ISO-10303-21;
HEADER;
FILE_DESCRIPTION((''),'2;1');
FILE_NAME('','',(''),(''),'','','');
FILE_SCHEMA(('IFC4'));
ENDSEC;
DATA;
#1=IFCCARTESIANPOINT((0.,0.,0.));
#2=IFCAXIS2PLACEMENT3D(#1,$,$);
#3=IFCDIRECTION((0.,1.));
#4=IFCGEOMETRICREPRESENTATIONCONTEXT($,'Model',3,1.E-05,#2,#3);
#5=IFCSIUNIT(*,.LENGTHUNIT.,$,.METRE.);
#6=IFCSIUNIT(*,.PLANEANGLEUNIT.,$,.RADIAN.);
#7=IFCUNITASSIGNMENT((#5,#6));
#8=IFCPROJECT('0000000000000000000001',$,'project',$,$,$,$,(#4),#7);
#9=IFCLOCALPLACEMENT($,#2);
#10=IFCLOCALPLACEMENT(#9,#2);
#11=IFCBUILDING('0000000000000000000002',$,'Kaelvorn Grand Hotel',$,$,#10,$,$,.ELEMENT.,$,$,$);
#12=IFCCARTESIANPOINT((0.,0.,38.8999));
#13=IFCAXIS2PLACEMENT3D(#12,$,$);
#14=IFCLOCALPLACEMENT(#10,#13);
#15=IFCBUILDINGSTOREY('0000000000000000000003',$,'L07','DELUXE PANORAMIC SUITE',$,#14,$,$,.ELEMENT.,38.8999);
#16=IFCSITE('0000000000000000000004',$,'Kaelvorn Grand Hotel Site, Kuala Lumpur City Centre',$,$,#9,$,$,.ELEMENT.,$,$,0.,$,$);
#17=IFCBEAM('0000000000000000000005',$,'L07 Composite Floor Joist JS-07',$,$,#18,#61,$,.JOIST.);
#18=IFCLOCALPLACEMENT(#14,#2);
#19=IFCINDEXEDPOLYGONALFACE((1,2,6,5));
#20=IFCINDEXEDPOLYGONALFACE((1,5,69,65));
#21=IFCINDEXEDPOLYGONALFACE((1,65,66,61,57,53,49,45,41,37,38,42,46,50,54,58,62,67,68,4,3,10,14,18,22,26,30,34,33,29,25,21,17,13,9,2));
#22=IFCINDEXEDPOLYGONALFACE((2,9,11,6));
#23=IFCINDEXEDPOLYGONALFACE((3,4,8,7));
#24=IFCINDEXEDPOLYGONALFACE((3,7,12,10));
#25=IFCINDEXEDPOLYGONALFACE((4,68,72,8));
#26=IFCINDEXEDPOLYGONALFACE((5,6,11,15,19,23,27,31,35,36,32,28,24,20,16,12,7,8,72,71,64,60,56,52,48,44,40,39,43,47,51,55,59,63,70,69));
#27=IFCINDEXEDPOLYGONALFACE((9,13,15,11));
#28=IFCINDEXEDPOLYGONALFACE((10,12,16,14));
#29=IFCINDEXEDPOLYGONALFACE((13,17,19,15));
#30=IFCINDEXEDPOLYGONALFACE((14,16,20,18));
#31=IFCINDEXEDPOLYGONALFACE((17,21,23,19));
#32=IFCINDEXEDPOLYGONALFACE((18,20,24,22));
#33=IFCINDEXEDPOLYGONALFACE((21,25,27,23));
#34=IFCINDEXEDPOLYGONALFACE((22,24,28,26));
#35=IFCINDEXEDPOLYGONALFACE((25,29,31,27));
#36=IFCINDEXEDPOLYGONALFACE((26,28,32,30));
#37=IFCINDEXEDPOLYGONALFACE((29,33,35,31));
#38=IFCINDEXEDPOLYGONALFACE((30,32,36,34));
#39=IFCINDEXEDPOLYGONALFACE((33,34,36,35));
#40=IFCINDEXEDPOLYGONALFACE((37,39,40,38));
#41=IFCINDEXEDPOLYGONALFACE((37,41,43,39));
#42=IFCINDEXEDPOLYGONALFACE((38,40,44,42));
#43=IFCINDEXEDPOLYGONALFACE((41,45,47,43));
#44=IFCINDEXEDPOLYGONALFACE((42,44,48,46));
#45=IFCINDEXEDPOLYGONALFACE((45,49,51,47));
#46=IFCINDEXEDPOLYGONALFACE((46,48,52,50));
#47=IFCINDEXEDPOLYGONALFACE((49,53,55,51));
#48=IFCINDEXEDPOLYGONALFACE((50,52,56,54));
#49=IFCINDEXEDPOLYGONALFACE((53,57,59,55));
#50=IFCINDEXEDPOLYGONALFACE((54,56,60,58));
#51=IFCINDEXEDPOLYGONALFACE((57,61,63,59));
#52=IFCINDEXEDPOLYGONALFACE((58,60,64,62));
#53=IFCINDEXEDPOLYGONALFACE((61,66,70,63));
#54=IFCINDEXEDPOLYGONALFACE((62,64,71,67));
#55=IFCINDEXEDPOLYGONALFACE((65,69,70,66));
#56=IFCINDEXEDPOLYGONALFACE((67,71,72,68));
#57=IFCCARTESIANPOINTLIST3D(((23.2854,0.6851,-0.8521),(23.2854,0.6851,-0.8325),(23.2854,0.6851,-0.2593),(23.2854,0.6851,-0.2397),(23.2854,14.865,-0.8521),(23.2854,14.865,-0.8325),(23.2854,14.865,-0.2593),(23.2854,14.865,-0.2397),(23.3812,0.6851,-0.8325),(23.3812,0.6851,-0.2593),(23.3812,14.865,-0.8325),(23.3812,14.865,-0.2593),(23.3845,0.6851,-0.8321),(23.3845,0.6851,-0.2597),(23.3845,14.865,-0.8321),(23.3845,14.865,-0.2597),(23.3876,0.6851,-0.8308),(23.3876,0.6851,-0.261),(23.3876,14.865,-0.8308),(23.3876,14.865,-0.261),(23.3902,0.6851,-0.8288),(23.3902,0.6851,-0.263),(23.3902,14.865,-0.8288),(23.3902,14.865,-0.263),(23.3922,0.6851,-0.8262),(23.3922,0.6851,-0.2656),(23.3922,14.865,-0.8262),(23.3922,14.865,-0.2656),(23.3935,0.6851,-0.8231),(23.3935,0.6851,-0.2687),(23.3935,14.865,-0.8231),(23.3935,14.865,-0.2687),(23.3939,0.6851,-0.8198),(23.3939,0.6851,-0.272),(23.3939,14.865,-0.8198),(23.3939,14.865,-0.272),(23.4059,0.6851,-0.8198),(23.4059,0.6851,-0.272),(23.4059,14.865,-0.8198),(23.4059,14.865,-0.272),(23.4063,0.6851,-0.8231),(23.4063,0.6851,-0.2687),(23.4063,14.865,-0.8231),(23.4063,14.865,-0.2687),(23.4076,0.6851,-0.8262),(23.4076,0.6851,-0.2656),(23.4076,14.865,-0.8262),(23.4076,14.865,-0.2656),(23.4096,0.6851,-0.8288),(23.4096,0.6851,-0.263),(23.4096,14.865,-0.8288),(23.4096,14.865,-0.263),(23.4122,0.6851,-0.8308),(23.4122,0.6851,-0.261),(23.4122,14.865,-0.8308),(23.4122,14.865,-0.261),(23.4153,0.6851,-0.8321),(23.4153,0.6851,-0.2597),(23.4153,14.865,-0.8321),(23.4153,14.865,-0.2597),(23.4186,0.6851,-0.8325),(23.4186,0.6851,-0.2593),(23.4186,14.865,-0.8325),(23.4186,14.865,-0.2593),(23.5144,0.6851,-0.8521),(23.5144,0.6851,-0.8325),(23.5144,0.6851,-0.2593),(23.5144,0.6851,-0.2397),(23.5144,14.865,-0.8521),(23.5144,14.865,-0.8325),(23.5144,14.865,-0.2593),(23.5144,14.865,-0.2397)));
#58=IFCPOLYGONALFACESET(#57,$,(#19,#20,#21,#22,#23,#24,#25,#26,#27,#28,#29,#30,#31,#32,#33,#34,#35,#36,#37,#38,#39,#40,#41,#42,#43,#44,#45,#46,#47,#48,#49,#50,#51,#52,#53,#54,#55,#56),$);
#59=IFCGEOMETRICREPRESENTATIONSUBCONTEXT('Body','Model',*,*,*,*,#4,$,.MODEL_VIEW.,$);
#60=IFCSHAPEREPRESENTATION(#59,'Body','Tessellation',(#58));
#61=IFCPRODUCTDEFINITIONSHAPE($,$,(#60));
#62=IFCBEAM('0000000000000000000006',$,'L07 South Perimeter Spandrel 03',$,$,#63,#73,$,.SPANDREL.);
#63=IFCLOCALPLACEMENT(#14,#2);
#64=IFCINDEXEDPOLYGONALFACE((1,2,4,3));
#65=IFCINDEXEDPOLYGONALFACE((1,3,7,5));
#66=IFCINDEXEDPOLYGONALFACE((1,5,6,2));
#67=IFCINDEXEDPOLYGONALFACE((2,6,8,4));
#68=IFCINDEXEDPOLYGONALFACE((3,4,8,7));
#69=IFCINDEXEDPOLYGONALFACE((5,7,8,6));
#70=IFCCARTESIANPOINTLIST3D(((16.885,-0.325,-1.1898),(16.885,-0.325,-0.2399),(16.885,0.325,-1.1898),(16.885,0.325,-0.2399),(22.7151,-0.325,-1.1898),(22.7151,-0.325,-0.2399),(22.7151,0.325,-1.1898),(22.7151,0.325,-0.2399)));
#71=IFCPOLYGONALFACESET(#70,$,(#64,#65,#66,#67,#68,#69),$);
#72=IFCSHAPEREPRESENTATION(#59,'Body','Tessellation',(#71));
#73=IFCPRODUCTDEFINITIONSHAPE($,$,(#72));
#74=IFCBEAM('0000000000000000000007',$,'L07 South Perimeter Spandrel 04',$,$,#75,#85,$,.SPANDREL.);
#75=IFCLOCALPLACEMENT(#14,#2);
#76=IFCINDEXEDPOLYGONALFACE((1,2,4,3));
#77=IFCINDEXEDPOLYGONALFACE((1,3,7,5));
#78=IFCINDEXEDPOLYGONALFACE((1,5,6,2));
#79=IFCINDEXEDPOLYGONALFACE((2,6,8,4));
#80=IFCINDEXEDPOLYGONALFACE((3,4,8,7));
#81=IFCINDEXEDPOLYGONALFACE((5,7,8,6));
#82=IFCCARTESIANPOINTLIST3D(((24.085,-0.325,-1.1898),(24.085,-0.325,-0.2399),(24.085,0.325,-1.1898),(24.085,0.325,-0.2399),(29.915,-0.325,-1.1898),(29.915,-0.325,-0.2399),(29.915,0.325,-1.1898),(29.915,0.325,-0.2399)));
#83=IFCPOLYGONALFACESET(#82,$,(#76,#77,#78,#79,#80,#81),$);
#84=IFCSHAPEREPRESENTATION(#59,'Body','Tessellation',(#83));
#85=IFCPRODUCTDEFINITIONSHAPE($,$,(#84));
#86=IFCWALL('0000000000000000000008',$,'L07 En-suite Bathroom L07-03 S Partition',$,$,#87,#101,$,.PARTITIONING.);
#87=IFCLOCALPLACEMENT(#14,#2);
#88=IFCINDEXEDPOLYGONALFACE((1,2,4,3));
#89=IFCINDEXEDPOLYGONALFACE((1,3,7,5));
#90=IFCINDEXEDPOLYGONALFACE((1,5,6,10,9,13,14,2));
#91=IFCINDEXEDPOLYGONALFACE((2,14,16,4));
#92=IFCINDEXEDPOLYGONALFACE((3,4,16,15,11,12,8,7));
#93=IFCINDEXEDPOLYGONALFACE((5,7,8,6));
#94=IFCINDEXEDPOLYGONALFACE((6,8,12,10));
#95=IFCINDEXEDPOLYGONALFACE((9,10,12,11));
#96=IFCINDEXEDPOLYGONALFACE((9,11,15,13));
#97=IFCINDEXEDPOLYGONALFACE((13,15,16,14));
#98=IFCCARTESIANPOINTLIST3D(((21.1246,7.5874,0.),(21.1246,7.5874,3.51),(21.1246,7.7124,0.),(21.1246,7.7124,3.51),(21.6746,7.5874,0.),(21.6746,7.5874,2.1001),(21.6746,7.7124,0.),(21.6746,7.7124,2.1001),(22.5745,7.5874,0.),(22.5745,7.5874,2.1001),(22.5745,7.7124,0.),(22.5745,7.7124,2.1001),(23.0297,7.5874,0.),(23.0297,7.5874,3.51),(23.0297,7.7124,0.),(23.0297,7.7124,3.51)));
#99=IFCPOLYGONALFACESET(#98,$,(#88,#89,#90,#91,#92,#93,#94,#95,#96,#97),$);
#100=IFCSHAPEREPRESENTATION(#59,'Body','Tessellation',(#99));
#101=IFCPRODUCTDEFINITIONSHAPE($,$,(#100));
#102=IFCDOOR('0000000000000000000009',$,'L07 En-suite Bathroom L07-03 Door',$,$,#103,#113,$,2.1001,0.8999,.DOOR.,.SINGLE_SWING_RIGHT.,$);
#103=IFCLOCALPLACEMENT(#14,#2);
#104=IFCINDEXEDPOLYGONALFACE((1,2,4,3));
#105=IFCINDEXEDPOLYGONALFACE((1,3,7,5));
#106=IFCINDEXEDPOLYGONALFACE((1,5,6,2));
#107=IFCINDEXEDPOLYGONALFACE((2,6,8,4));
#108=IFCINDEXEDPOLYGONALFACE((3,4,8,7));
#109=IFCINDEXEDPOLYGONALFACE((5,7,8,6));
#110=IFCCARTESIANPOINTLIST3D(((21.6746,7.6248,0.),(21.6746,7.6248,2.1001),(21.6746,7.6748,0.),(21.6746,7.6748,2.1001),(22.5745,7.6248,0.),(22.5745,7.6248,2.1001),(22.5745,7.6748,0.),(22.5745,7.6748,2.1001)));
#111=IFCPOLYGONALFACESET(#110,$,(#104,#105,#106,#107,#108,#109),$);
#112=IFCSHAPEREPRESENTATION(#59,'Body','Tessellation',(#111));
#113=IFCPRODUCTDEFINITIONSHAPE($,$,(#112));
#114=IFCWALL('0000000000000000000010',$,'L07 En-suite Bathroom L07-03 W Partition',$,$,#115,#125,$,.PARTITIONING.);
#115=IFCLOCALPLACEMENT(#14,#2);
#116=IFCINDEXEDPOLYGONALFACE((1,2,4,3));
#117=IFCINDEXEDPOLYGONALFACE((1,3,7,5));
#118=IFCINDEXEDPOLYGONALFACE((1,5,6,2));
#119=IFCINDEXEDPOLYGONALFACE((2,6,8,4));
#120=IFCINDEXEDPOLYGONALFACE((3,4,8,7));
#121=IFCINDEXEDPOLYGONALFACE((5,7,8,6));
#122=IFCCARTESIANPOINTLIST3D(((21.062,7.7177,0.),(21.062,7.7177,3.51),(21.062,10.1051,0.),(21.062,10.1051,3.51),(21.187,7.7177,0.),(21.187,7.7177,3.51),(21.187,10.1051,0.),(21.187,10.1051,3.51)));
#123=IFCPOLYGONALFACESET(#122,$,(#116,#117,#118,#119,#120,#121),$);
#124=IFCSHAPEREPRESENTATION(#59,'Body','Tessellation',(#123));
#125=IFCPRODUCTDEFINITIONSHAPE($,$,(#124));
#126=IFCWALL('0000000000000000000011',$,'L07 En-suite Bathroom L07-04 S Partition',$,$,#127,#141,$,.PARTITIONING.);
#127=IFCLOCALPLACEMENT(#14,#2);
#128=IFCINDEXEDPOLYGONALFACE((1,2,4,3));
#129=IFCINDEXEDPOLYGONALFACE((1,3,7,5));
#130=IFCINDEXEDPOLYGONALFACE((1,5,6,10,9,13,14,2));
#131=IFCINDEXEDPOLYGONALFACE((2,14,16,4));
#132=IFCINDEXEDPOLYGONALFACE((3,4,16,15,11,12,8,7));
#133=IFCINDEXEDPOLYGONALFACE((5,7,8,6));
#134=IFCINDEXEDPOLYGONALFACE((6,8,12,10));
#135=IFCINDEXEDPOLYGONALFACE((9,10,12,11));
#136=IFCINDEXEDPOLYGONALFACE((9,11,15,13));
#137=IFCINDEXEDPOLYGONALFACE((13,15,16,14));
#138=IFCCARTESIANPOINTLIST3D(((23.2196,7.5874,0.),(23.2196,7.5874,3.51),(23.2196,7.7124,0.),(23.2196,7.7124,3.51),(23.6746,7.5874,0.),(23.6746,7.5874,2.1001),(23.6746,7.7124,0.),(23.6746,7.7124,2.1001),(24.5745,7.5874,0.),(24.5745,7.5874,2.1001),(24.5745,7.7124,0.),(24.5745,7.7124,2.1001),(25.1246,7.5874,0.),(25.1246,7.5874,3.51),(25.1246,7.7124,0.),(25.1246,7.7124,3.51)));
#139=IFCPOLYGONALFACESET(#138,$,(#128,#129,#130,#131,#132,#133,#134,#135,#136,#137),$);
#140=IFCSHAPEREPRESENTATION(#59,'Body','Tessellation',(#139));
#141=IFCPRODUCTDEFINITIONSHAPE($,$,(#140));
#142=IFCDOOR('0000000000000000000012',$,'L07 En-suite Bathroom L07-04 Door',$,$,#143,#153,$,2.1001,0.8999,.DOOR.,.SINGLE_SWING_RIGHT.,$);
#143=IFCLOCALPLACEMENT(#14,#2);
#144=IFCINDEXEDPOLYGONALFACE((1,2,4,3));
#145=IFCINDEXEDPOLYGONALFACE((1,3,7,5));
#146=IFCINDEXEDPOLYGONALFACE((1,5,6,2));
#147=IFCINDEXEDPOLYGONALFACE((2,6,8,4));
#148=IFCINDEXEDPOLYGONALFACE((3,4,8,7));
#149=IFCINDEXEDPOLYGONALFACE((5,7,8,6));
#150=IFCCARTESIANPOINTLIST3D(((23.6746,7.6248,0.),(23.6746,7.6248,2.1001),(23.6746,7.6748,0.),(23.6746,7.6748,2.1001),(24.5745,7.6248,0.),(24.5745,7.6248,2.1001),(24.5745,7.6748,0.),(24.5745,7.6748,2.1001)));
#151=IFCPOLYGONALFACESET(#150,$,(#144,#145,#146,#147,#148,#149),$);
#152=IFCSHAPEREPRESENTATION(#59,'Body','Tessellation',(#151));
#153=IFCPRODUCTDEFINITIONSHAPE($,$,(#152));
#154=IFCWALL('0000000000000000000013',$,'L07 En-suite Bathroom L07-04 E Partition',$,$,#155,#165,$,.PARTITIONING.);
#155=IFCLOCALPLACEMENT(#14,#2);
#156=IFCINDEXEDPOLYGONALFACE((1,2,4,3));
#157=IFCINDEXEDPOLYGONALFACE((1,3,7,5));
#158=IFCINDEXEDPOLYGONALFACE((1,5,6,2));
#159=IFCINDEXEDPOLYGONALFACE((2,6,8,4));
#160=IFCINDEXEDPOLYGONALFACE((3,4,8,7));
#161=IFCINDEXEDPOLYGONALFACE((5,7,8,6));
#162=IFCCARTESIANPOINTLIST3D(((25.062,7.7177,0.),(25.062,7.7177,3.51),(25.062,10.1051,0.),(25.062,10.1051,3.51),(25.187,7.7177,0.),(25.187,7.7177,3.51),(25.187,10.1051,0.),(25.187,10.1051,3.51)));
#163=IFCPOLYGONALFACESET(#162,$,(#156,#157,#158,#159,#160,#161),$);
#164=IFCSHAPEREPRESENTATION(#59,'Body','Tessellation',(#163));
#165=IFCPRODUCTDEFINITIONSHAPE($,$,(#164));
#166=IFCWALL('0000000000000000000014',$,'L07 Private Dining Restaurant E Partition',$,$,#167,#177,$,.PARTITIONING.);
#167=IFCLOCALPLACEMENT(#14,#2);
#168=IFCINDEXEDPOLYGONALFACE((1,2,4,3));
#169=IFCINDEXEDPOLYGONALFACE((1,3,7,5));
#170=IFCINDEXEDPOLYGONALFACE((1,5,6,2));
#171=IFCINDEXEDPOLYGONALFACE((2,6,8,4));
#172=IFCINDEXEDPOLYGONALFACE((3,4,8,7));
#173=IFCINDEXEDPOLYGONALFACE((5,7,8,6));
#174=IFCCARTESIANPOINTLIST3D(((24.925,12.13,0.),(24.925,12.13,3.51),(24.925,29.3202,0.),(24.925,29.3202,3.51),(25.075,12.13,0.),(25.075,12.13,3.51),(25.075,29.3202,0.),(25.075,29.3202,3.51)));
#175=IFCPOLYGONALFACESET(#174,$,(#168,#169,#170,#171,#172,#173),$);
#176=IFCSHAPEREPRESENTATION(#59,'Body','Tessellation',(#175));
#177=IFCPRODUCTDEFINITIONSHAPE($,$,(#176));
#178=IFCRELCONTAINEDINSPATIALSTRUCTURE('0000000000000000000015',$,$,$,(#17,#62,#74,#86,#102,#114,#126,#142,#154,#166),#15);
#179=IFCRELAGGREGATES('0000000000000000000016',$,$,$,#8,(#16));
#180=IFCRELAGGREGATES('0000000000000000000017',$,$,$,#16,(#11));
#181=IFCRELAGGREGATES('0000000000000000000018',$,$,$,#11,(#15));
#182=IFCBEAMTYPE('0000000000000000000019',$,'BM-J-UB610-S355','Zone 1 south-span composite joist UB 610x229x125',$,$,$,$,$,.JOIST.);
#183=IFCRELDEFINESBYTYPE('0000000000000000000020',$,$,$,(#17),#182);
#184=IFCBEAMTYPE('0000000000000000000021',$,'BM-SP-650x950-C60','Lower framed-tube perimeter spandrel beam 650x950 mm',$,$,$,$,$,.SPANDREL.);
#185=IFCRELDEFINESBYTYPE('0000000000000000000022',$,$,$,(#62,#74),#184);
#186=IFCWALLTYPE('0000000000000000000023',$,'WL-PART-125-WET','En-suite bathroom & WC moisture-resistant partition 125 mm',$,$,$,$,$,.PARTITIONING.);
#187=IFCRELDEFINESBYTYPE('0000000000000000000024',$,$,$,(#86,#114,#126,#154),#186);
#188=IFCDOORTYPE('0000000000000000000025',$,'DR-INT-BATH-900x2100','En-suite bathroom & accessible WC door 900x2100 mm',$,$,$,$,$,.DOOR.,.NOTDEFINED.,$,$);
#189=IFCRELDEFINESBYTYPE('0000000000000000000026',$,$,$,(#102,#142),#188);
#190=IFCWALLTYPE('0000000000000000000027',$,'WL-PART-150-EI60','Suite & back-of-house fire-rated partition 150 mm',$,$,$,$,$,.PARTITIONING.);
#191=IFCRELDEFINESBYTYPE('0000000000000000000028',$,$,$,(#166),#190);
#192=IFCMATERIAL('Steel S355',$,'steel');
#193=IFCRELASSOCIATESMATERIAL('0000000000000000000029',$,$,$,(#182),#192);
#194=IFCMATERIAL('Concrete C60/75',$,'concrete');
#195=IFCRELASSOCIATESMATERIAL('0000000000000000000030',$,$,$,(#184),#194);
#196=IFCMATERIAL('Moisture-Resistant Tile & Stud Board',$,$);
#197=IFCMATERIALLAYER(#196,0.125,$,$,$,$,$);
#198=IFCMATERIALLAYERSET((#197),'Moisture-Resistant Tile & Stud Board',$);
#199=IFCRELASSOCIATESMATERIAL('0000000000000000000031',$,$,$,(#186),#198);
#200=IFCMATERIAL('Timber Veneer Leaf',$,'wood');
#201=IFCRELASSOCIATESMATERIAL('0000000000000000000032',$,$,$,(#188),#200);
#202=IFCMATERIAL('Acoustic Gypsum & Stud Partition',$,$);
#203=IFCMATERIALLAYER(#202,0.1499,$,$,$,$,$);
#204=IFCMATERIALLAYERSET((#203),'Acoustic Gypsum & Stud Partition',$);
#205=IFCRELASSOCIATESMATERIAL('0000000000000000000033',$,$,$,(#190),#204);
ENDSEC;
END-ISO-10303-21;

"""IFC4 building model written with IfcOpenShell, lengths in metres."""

from ifc_helpers import new_model, si_unit, direction, frame, frame_2d, origin, origin_2d, place, context, subcontext, project, spatial, rectangle, i_section, extrude, material, layer, layer_set, material_profile, profile_set, type_object, element, fill, save


model = new_model("IFC4")

# Units and contexts
model_context = context("Model", 3, precision=1e-05, world=origin(), true_north=direction((0.0, 1.0)))
body_context = subcontext(model_context, "Body", "Model", "MODEL_VIEW")
ifc_project = project(units=[si_unit("LENGTHUNIT", "METRE"), si_unit("PLANEANGLEUNIT", "RADIAN")], contexts=[model_context])

# Site, building, storey
site_placement = place(None, origin())
site = spatial("IfcSite", under=ifc_project, at=site_placement, Name="Kaelvorn Grand Hotel Site, Kuala Lumpur City Centre", CompositionType="ELEMENT", RefElevation=0.0)
building_placement = place(site_placement, origin())
building = spatial("IfcBuilding", under=site, at=building_placement, Name="Kaelvorn Grand Hotel", CompositionType="ELEMENT")
storey_placement = place(building_placement, frame((0.0, 0.0, 38.8999)))
storey = spatial("IfcBuildingStorey", under=building, at=storey_placement, Name="L07", Description="DELUXE PANORAMIC SUITE", CompositionType="ELEMENT", Elevation=38.8999)

# Beams
ifc_material_1 = material(Name="Steel S355", Category="steel")
ifc_material_profile_1 = material_profile(ifc_material_1, i_section(OverallWidth=0.229, OverallDepth=0.6123, WebThickness=0.012, FlangeThickness=0.0195, FilletRadius=0.0127, at=origin_2d()), Name="UB 610x229x125")
ifc_profile_set_1 = profile_set([ifc_material_profile_1], Name="Steel S355")
beam_type_1 = type_object("IfcBeamType", Name="BM-J-UB610-S355", Description="Zone 1 south-span composite joist UB 610x229x125", PredefinedType="JOIST", material=ifc_profile_set_1)
beam_1_placement = place(storey_placement, frame((23.3999, 0.6851, -0.5459), z_axis=(0.0, 1.0, 0.0), x_axis=(-1.0, 0.0, 0.0)))
element("IfcBeam", 1, at=beam_1_placement, inside=storey, type_object=beam_type_1, Name="L07 Composite Floor Joist JS-07", PredefinedType="JOIST", context=body_context, shape_type="SweptSolid", body=[
    extrude(i_section(OverallWidth=0.229, OverallDepth=0.6123, WebThickness=0.012, FlangeThickness=0.0195, FilletRadius=0.0127, at=origin_2d()), origin(), (0.0, 0.0, 1.0), 14.1799),
])
ifc_material_2 = material(Name="Concrete C60/75", Category="concrete")
ifc_material_profile_2 = material_profile(ifc_material_2, rectangle(XDim=0.6499, YDim=0.95, at=origin_2d()), Name="RC SPANDREL 650x950")
ifc_profile_set_2 = profile_set([ifc_material_profile_2], Name="Concrete C60/75")
beam_type_2 = type_object("IfcBeamType", Name="BM-SP-650x950-C60", Description="Lower framed-tube perimeter spandrel beam 650x950 mm", PredefinedType="SPANDREL", material=ifc_profile_set_2)
for number, where, z_axis, x_axis, name in (
    (2, (16.885, 0.0, -0.7148), (1.0, 0.0, 0.0), (0.0, 1.0, 0.0), "L07 South Perimeter Spandrel 03"),
    (3, (24.085, 0.0, -0.7148), (1.0, 0.0, 0.0), (0.0, 1.0, 0.0), "L07 South Perimeter Spandrel 04"),
):
    element("IfcBeam", number, at=place(storey_placement, frame(where, z_axis=z_axis, x_axis=x_axis)), inside=storey, type_object=beam_type_2, Name=name, PredefinedType="SPANDREL", context=body_context, shape_type="SweptSolid", body=[
        extrude(rectangle(XDim=0.6499, YDim=0.95, at=origin_2d()), origin(), (0.0, 0.0, 1.0), 5.8301),
    ])

# Wall, opening, door
ifc_material_3 = material(Name="Moisture-Resistant Tile & Stud Board")
ifc_layer_1 = layer(ifc_material_3, 0.125)
ifc_layer_set_1 = layer_set([ifc_layer_1], Name="Moisture-Resistant Tile & Stud Board")
wall_type_1 = type_object("IfcWallType", Name="WL-PART-125-WET", Description="En-suite bathroom & WC moisture-resistant partition 125 mm", PredefinedType="PARTITIONING", material=ifc_layer_set_1)
wall_1_placement = place(storey_placement, frame((21.1245, 7.6499, 0.0), z_axis=(0.0, 0.0, 1.0), x_axis=(1.0, 0.0, 0.0)))
wall_1 = element("IfcWall", 4, at=wall_1_placement, inside=storey, type_object=wall_type_1, Name="L07 En-suite Bathroom L07-03 S Partition", PredefinedType="PARTITIONING", context=body_context, shape_type="SweptSolid", body=[
    extrude(rectangle(XDim=1.905, YDim=0.125, at=frame_2d((0.9526, 0.0))), origin(), (0.0, 0.0, 1.0), 3.51),
])
opening_1_placement = place(wall_1_placement, frame((0.55, 0.0, 0.0)))
opening_1 = element("IfcOpeningElement", 5, at=opening_1_placement, cuts=wall_1, PredefinedType="OPENING", context=body_context, shape_type="SweptSolid", body=[
    extrude(rectangle(XDim=0.8999, YDim=2.1001, at=frame_2d((0.45, 1.05))), frame((0.0, 0.0725, 0.0), z_axis=(0.0, -1.0, 0.0), x_axis=(1.0, 0.0, 0.0)), (0.0, 0.0, 1.0), 0.145),
])
ifc_material_4 = material(Name="Timber Veneer Leaf", Category="wood")
door_type_1 = type_object("IfcDoorType", Name="DR-INT-BATH-900x2100", Description="En-suite bathroom & accessible WC door 900x2100 mm", OperationType="NOTDEFINED", PredefinedType="DOOR", material=ifc_material_4)
door_1_placement = place(opening_1_placement, origin())
door_1 = element("IfcDoor", 6, at=door_1_placement, inside=storey, type_object=door_type_1, Name="L07 En-suite Bathroom L07-03 Door", OperationType="SINGLE_SWING_RIGHT", OverallHeight=2.1001, OverallWidth=0.8999, PredefinedType="DOOR", context=body_context, shape_type="SweptSolid", body=[
    extrude(rectangle(XDim=0.8999, YDim=2.1001, at=frame_2d((0.45, 1.05))), frame((0.0, 0.0249, 0.0), z_axis=(0.0, -1.0, 0.0), x_axis=(1.0, 0.0, 0.0)), (0.0, 0.0, 1.0), 0.05),
])
fill(opening_1, door_1)

# Wall
wall_2_placement = place(storey_placement, frame((21.1245, 7.7175, 0.0), z_axis=(0.0, 0.0, 1.0), x_axis=(0.0, 1.0, 0.0)))
element("IfcWall", 7, at=wall_2_placement, inside=storey, type_object=wall_type_1, Name="L07 En-suite Bathroom L07-03 W Partition", PredefinedType="PARTITIONING", context=body_context, shape_type="SweptSolid", body=[
    extrude(rectangle(XDim=2.3875, YDim=0.125, at=frame_2d((1.1938, 0.0))), origin(), (0.0, 0.0, 1.0), 3.51),
])

# Wall, opening, door
wall_3_placement = place(storey_placement, frame((23.2195, 7.6499, 0.0), z_axis=(0.0, 0.0, 1.0), x_axis=(1.0, 0.0, 0.0)))
wall_3 = element("IfcWall", 8, at=wall_3_placement, inside=storey, type_object=wall_type_1, Name="L07 En-suite Bathroom L07-04 S Partition", PredefinedType="PARTITIONING", context=body_context, shape_type="SweptSolid", body=[
    extrude(rectangle(XDim=1.905, YDim=0.125, at=frame_2d((0.9526, 0.0))), origin(), (0.0, 0.0, 1.0), 3.51),
])
opening_2_placement = place(wall_3_placement, frame((0.4551, 0.0, 0.0)))
opening_2 = element("IfcOpeningElement", 9, at=opening_2_placement, cuts=wall_3, PredefinedType="OPENING", context=body_context, shape_type="SweptSolid", body=[
    extrude(rectangle(XDim=0.8999, YDim=2.1001, at=frame_2d((0.45, 1.05))), frame((0.0, 0.0725, 0.0), z_axis=(0.0, -1.0, 0.0), x_axis=(1.0, 0.0, 0.0)), (0.0, 0.0, 1.0), 0.145),
])
door_2_placement = place(opening_2_placement, origin())
door_2 = element("IfcDoor", 10, at=door_2_placement, inside=storey, type_object=door_type_1, Name="L07 En-suite Bathroom L07-04 Door", OperationType="SINGLE_SWING_RIGHT", OverallHeight=2.1001, OverallWidth=0.8999, PredefinedType="DOOR", context=body_context, shape_type="SweptSolid", body=[
    extrude(rectangle(XDim=0.8999, YDim=2.1001, at=frame_2d((0.45, 1.05))), frame((0.0, 0.0249, 0.0), z_axis=(0.0, -1.0, 0.0), x_axis=(1.0, 0.0, 0.0)), (0.0, 0.0, 1.0), 0.05),
])
fill(opening_2, door_2)

# Walls
wall_4_placement = place(storey_placement, frame((25.1245, 7.7175, 0.0), z_axis=(0.0, 0.0, 1.0), x_axis=(0.0, 1.0, 0.0)))
element("IfcWall", 11, at=wall_4_placement, inside=storey, type_object=wall_type_1, Name="L07 En-suite Bathroom L07-04 E Partition", PredefinedType="PARTITIONING", context=body_context, shape_type="SweptSolid", body=[
    extrude(rectangle(XDim=2.3875, YDim=0.125, at=frame_2d((1.1938, 0.0))), origin(), (0.0, 0.0, 1.0), 3.51),
])
ifc_material_5 = material(Name="Acoustic Gypsum & Stud Partition")
ifc_layer_2 = layer(ifc_material_5, 0.1499)
ifc_layer_set_2 = layer_set([ifc_layer_2], Name="Acoustic Gypsum & Stud Partition")
wall_type_2 = type_object("IfcWallType", Name="WL-PART-150-EI60", Description="Suite & back-of-house fire-rated partition 150 mm", PredefinedType="PARTITIONING", material=ifc_layer_set_2)
wall_5_placement = place(storey_placement, frame((25.0, 12.1299, 0.0), z_axis=(0.0, 0.0, 1.0), x_axis=(0.0, 1.0, 0.0)))
element("IfcWall", 12, at=wall_5_placement, inside=storey, type_object=wall_type_2, Name="L07 Private Dining Restaurant E Partition", PredefinedType="PARTITIONING", context=body_context, shape_type="SweptSolid", body=[
    extrude(rectangle(XDim=17.1902, YDim=0.1499, at=frame_2d((8.5952, 0.0))), origin(), (0.0, 0.0, 1.0), 3.51),
])

save(model, "model.ifc")
